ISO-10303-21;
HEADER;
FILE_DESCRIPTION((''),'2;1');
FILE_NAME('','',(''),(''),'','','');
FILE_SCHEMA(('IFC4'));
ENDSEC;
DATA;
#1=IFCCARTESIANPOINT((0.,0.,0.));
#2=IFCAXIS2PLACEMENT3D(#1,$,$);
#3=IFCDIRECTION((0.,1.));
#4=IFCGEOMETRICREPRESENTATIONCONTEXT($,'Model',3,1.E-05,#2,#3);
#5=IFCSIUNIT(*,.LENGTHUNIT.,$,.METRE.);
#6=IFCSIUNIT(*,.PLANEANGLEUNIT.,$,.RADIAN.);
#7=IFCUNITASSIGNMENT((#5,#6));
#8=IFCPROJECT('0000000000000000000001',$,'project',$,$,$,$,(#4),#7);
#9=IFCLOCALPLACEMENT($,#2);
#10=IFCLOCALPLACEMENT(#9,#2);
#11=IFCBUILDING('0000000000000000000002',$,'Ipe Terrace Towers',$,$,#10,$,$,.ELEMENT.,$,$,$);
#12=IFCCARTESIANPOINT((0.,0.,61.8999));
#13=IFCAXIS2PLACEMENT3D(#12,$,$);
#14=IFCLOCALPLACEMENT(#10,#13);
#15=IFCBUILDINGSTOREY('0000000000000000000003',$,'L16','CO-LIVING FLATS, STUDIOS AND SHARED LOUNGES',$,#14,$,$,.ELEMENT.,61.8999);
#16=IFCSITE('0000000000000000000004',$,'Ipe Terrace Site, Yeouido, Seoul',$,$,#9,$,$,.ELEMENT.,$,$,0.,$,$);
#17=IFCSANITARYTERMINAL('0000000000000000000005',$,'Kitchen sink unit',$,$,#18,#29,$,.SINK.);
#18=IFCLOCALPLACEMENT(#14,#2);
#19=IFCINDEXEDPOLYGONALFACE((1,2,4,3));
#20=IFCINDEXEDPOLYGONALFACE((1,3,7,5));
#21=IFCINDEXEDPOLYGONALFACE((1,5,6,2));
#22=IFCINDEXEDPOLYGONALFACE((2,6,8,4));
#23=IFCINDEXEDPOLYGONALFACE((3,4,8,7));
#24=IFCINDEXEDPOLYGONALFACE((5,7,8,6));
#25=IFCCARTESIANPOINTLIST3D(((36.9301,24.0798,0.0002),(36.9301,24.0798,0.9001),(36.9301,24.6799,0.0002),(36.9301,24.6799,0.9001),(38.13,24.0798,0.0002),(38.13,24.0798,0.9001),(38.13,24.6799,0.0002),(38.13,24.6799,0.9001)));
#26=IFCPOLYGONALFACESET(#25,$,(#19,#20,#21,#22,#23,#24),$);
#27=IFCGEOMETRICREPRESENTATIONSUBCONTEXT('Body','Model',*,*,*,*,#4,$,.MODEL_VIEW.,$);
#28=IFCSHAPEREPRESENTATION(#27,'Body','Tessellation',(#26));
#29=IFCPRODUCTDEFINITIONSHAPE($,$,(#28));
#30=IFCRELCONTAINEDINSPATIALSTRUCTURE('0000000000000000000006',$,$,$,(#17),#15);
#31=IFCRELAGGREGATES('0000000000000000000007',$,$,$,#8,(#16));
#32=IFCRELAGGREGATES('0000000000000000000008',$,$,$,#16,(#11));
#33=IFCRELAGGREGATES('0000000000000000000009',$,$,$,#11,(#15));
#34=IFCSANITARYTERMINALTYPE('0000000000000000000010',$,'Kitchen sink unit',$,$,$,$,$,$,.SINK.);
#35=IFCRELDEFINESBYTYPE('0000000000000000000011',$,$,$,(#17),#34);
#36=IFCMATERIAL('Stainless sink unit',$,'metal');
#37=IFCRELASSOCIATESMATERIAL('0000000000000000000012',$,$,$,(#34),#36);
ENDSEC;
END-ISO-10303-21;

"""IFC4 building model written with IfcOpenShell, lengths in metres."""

from ifc_helpers import new_model, si_unit, direction, frame, origin, origin_2d, place, context, subcontext, project, spatial, rectangle, extrude, material, type_object, element, save


model = new_model("IFC4")

# Units and contexts
model_context = context("Model", 3, precision=1e-05, world=origin(), true_north=direction((0.0, 1.0)))
body_context = subcontext(model_context, "Body", "Model", "MODEL_VIEW")
ifc_project = project(units=[si_unit("LENGTHUNIT", "METRE"), si_unit("PLANEANGLEUNIT", "RADIAN")], contexts=[model_context])

# Site, building, storey
site_placement = place(None, origin())
site = spatial("IfcSite", under=ifc_project, at=site_placement, Name="Ipe Terrace Site, Yeouido, Seoul", CompositionType="ELEMENT", RefElevation=0.0)
building_placement = place(site_placement, origin())
building = spatial("IfcBuilding", under=site, at=building_placement, Name="Ipe Terrace Towers", CompositionType="ELEMENT")
storey_placement = place(building_placement, frame((0.0, 0.0, 61.8999)))
storey = spatial("IfcBuildingStorey", under=building, at=storey_placement, Name="L16", Description="CO-LIVING FLATS, STUDIOS AND SHARED LOUNGES", CompositionType="ELEMENT", Elevation=61.8999)

# Sanitary terminal
ifc_material_1 = material(Name="Stainless sink unit", Category="metal")
sanitary_terminal_type = type_object("IfcSanitaryTerminalType", Name="Kitchen sink unit", PredefinedType="SINK", material=ifc_material_1)
sanitary_terminal_placement = place(storey_placement, frame((37.53, 24.3799, 0.0002), z_axis=(0.0, 0.0, 1.0), x_axis=(1.0, 0.0, 0.0)))
element("IfcSanitaryTerminal", 1, at=sanitary_terminal_placement, inside=storey, type_object=sanitary_terminal_type, Name="Kitchen sink unit", PredefinedType="SINK", context=body_context, shape_type="SweptSolid", body=[
    extrude(rectangle(XDim=1.2, YDim=0.6001, at=origin_2d()), origin(), (0.0, 0.0, 1.0), 0.8999),
])

save(model, "model.ifc")
